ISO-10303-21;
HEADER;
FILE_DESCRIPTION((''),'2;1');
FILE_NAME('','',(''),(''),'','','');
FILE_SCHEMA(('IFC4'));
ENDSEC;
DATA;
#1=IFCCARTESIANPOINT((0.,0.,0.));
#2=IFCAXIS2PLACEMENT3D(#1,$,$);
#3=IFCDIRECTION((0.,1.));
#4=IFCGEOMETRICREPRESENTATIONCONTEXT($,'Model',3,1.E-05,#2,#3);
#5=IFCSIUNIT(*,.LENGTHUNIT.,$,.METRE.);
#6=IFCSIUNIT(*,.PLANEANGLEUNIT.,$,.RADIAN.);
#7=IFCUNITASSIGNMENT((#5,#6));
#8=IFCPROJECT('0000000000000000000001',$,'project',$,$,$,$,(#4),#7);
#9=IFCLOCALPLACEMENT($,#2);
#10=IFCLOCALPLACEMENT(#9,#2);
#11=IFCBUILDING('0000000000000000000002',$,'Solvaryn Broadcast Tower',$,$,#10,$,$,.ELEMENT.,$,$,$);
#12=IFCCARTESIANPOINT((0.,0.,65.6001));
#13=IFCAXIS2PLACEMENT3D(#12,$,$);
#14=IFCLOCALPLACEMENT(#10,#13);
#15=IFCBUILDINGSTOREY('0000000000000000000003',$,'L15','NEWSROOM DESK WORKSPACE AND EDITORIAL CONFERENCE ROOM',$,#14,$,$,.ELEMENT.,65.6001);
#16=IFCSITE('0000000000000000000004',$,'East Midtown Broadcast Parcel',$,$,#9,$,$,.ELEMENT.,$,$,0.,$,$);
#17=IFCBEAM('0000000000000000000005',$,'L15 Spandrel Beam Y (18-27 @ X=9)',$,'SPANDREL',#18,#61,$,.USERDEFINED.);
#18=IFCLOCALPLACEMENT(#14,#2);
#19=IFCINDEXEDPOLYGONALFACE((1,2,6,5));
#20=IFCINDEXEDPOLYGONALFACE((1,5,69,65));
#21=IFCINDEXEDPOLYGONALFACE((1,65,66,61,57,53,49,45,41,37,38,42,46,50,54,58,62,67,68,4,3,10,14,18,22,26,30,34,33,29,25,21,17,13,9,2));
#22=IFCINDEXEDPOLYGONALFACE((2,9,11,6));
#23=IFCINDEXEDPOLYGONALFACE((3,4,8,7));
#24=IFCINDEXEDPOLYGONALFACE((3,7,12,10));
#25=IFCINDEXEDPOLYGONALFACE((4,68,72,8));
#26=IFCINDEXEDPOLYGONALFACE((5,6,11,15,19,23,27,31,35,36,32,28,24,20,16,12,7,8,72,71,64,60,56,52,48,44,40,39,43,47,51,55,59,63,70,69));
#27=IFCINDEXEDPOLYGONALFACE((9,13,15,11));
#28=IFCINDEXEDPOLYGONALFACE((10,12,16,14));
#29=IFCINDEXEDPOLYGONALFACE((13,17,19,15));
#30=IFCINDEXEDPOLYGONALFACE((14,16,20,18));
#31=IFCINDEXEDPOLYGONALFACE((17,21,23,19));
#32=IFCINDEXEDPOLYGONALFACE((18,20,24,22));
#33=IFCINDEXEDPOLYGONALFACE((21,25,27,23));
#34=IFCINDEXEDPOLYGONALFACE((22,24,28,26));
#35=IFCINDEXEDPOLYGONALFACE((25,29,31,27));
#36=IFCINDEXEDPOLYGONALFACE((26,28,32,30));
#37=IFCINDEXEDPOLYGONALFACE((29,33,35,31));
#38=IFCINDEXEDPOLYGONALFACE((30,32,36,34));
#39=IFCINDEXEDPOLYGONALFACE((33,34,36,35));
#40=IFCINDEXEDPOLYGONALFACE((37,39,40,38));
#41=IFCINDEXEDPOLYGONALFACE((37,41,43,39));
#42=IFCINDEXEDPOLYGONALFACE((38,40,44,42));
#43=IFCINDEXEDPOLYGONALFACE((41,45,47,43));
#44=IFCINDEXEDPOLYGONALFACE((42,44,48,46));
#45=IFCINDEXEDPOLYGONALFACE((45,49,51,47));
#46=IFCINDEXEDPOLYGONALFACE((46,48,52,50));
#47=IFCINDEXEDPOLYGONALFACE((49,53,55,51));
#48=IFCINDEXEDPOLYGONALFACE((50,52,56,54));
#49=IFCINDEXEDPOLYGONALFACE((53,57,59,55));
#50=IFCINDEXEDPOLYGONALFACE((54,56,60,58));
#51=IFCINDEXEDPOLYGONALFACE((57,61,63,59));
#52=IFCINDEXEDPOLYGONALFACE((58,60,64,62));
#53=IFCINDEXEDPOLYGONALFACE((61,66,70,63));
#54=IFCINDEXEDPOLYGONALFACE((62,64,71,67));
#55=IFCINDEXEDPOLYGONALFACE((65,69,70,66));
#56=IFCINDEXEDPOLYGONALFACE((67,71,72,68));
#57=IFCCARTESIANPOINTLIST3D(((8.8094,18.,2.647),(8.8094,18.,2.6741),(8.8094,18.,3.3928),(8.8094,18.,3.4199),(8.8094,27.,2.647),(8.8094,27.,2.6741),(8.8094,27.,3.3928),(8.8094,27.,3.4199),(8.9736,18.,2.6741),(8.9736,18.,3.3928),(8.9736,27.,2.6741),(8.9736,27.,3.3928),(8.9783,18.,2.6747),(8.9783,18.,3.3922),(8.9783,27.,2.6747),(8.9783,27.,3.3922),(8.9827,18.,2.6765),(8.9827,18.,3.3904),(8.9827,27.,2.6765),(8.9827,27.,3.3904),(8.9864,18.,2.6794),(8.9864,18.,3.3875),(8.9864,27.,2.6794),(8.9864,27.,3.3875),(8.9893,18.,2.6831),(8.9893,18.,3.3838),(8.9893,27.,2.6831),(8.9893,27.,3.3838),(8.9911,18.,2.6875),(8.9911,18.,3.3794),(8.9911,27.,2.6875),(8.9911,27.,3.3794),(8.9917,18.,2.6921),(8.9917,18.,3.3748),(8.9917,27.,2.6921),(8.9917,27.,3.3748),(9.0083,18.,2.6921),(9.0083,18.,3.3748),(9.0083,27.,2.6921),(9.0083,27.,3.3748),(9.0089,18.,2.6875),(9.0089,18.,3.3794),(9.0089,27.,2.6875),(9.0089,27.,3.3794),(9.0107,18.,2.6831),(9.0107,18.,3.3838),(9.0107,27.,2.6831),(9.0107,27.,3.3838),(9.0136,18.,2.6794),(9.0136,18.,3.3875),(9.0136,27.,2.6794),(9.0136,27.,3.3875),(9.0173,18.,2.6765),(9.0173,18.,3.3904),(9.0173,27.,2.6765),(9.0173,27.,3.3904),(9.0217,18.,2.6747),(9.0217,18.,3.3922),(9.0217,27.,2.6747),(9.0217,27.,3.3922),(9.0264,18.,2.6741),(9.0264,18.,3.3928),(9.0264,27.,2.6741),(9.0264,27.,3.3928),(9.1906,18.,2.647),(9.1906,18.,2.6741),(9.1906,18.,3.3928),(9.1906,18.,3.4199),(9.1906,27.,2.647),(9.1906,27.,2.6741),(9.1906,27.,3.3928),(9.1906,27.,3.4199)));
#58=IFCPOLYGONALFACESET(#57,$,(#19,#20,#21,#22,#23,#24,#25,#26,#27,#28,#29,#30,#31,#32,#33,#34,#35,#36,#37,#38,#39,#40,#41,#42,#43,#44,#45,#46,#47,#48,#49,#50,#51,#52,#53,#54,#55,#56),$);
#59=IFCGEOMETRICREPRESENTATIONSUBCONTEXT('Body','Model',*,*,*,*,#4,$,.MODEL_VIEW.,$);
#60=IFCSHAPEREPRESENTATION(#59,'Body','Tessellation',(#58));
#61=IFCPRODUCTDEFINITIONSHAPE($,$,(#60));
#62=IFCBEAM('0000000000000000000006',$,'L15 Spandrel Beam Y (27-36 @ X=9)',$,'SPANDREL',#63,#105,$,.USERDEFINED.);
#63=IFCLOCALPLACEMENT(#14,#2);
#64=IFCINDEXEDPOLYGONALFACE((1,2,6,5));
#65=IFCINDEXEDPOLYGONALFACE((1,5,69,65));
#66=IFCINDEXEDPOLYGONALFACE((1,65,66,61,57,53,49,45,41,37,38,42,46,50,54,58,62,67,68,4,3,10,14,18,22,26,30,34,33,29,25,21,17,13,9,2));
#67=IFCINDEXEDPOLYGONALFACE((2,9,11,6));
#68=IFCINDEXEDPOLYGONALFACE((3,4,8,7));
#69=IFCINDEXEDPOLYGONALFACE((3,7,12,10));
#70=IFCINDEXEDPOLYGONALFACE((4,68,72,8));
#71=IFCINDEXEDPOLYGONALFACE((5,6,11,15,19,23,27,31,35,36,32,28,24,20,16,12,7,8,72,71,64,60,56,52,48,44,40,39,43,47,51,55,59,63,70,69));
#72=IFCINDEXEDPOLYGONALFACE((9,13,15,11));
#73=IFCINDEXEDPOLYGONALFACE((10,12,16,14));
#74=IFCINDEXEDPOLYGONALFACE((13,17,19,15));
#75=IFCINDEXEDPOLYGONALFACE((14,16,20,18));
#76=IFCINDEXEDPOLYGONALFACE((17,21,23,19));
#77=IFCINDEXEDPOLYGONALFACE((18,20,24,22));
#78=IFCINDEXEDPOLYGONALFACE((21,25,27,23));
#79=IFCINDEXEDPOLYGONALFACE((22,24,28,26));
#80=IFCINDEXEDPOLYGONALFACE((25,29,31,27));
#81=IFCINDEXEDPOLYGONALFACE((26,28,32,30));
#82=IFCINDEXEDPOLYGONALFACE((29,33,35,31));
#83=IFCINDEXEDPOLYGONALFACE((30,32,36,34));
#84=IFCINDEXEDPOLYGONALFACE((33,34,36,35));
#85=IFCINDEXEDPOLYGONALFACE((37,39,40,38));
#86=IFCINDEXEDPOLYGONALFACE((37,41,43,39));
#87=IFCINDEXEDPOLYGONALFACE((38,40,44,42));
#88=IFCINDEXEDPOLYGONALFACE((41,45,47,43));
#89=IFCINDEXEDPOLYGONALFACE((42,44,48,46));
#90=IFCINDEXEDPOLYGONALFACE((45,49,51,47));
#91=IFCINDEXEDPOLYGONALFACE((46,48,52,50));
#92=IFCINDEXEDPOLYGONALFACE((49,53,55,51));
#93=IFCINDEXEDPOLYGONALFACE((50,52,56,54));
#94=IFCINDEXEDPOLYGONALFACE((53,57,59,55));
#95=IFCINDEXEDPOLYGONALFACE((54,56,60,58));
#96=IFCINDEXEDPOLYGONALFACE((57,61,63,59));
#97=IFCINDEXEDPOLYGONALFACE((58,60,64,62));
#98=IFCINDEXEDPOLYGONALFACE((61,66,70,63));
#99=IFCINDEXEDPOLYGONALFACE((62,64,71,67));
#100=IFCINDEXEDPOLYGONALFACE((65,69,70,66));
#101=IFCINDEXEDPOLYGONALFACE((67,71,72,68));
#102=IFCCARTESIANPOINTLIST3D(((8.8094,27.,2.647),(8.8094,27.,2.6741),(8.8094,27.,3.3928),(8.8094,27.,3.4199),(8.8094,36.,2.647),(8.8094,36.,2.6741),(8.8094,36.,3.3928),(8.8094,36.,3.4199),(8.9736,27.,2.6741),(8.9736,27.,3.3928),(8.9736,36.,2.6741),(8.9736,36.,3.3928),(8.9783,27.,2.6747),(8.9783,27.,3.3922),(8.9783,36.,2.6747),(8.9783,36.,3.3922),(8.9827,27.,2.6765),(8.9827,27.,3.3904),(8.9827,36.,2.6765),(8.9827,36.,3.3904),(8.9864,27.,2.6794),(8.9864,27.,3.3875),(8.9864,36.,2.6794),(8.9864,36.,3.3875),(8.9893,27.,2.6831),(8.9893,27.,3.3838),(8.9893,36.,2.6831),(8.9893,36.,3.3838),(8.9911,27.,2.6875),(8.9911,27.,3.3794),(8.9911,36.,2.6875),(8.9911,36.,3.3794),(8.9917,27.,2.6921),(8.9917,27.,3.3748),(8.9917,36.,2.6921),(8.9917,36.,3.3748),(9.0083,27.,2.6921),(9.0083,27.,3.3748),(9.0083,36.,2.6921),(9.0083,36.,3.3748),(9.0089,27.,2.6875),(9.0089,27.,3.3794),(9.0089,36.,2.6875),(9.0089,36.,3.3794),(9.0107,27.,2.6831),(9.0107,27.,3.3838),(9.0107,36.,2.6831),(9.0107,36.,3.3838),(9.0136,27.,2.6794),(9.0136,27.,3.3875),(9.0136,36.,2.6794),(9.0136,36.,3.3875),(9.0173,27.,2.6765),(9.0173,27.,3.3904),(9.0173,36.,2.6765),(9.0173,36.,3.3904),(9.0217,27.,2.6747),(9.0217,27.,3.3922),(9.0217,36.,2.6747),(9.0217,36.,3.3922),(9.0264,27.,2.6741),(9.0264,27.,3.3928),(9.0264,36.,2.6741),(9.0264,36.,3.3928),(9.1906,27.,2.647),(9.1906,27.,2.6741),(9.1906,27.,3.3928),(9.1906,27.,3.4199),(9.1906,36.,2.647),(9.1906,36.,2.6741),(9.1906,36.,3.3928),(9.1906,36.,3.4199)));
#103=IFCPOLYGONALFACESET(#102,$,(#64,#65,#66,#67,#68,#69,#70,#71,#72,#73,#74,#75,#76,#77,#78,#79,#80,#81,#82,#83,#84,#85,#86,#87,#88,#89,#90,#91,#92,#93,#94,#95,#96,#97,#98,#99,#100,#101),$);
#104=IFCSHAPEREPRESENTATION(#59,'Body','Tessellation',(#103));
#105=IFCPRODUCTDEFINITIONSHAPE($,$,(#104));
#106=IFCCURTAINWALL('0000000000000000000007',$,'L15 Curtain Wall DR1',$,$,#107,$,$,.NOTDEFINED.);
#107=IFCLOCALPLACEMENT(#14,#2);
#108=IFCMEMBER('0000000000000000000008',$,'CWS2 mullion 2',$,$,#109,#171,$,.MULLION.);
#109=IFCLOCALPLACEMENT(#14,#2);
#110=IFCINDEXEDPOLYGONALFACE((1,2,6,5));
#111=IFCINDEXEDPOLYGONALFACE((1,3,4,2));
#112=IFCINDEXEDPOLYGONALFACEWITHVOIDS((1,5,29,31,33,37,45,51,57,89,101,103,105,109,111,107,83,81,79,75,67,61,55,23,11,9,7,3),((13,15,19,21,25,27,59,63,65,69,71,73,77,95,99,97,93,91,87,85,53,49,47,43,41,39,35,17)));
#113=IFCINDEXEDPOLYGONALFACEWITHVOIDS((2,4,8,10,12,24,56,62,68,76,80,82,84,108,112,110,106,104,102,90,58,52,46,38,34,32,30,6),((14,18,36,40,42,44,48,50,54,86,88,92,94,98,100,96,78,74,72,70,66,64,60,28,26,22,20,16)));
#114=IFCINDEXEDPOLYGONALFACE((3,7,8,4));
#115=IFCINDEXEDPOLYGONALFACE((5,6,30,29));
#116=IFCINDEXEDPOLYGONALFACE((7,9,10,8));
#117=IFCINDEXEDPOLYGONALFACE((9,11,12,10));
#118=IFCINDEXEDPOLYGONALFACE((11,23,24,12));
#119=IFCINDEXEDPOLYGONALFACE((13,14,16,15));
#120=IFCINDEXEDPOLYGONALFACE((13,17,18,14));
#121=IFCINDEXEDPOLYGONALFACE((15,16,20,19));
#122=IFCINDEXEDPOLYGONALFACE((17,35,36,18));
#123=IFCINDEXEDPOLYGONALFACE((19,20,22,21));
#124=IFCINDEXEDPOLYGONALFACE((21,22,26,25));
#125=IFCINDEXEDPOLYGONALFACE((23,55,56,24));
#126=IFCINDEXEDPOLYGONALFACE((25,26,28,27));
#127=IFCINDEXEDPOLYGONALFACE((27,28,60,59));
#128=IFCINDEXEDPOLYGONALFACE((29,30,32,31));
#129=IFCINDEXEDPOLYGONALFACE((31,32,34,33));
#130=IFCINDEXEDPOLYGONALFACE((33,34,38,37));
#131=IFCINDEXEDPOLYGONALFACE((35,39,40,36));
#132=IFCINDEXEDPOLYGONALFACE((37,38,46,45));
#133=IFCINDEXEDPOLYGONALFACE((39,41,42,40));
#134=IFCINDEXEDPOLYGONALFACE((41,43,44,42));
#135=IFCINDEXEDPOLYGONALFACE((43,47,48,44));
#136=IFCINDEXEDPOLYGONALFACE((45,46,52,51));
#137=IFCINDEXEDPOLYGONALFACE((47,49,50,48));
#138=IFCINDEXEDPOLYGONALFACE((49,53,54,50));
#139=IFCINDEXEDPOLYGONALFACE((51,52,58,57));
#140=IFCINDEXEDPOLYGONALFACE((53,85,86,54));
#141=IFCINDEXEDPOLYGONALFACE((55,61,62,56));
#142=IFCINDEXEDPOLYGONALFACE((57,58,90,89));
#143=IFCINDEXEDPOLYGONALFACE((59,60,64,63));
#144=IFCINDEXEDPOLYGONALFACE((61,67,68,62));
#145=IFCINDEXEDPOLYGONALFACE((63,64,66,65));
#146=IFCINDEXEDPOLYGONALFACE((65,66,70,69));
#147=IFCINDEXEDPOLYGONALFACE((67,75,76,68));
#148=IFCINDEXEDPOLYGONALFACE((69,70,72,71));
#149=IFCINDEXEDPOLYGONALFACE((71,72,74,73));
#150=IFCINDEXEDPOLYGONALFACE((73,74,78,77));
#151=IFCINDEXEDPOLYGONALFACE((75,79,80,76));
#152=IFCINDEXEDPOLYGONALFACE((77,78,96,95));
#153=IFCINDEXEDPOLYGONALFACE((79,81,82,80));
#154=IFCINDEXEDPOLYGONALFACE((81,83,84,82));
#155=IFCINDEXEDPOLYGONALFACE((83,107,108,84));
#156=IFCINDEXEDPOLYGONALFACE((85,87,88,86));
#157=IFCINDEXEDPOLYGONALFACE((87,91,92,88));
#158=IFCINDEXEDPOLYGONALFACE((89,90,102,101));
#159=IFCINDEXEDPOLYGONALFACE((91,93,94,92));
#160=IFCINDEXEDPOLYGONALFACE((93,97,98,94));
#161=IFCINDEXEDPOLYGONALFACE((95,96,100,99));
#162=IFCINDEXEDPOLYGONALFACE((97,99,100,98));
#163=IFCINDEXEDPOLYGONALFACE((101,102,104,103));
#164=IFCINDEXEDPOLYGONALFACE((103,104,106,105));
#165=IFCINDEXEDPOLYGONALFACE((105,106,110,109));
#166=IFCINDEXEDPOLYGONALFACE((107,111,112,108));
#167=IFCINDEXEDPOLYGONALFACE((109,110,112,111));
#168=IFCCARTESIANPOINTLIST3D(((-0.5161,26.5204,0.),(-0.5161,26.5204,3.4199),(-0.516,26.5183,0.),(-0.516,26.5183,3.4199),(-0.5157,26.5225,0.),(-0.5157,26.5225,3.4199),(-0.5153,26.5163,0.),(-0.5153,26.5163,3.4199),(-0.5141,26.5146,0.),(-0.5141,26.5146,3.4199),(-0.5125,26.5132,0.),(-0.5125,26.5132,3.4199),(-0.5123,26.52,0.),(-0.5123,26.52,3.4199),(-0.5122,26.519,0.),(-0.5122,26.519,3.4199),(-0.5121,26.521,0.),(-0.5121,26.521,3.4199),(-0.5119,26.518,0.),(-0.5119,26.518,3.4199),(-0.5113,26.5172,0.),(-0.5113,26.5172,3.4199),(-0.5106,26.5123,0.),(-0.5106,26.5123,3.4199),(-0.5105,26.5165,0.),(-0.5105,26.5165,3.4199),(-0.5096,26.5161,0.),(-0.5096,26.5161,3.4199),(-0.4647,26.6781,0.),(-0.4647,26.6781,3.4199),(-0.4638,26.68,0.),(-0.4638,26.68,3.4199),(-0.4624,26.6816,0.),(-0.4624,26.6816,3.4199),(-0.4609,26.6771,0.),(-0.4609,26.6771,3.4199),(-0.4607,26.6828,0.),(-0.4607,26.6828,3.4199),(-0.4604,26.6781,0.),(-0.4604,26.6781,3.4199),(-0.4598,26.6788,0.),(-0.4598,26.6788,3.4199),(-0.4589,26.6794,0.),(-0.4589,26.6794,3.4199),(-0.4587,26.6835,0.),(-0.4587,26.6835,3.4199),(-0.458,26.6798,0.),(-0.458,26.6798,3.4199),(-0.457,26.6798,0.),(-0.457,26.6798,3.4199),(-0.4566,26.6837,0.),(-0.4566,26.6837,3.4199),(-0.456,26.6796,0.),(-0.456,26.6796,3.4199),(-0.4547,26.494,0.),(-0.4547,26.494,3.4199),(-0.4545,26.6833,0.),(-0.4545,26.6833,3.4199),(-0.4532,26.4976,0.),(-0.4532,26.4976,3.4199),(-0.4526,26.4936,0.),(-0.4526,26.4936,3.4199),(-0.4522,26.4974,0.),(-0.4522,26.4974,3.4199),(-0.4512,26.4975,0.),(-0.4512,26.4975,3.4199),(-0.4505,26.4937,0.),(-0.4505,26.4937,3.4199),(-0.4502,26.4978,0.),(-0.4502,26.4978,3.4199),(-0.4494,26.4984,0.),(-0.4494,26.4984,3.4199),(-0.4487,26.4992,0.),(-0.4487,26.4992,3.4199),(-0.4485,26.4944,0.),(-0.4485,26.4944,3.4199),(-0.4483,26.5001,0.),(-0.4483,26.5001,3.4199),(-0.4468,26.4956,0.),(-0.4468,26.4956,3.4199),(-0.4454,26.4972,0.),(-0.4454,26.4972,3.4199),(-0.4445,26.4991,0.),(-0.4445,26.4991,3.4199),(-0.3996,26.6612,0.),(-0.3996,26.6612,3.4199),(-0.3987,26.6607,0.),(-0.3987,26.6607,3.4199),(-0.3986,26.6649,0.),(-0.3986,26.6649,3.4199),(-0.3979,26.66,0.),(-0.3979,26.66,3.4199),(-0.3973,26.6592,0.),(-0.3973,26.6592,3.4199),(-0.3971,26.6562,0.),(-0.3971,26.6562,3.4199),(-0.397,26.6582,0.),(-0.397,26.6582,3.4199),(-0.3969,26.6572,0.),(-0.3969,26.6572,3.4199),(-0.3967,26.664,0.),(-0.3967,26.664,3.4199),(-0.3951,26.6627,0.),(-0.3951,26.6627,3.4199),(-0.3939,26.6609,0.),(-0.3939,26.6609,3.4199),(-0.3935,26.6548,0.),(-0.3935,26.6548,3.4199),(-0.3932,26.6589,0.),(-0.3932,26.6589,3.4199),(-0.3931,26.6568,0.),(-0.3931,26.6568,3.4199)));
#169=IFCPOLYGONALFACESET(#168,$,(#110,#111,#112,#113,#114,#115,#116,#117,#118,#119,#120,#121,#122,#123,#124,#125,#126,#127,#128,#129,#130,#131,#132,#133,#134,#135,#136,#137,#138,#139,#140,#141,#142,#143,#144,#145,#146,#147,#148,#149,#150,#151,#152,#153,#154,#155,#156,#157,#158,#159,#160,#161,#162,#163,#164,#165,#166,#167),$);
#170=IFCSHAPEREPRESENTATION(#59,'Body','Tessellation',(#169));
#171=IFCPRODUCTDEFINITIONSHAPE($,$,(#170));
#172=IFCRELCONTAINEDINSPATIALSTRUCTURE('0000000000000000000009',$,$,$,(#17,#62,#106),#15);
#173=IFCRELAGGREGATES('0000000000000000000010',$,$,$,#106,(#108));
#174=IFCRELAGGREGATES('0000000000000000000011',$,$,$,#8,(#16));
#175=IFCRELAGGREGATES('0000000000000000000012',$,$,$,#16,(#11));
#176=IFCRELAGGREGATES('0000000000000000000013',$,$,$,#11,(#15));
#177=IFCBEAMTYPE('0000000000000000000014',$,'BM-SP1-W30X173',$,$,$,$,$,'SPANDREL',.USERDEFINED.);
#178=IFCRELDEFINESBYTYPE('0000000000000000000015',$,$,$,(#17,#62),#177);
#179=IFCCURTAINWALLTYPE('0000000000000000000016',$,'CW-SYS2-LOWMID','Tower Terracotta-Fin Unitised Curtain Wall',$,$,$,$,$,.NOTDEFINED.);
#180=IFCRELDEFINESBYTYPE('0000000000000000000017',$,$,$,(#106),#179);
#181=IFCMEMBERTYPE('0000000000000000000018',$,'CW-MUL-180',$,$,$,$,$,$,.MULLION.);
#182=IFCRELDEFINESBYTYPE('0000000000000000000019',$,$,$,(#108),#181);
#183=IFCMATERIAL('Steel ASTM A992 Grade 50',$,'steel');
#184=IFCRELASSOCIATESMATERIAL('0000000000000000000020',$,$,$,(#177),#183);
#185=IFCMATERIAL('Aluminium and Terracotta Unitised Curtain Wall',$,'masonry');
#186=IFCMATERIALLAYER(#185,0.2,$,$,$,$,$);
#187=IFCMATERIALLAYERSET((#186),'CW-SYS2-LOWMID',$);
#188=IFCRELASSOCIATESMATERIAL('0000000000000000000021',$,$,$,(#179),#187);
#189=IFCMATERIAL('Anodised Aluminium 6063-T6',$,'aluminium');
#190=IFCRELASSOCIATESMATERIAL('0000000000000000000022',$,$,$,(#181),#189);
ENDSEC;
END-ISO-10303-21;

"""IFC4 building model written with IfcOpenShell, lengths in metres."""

from ifc_helpers import new_model, si_unit, direction, frame, origin, origin_2d, place, context, subcontext, project, spatial, hollow_rectangle, i_section, extrude, material, layer, layer_set, material_profile, profile_set, type_object, element, aggregate, save


model = new_model("IFC4")

# Units and contexts
model_context = context("Model", 3, precision=1e-05, world=origin(), true_north=direction((0.0, 1.0)))
body_context = subcontext(model_context, "Body", "Model", "MODEL_VIEW")
ifc_project = project(units=[si_unit("LENGTHUNIT", "METRE"), si_unit("PLANEANGLEUNIT", "RADIAN")], contexts=[model_context])

# Site, building, storey
site_placement = place(None, origin())
site = spatial("IfcSite", under=ifc_project, at=site_placement, Name="East Midtown Broadcast Parcel", CompositionType="ELEMENT", RefElevation=0.0)
building_placement = place(site_placement, origin())
building = spatial("IfcBuilding", under=site, at=building_placement, Name="Solvaryn Broadcast Tower", CompositionType="ELEMENT")
storey_placement = place(building_placement, frame((0.0, 0.0, 65.6001)))
storey = spatial("IfcBuildingStorey", under=building, at=storey_placement, Name="L15", Description="NEWSROOM DESK WORKSPACE AND EDITORIAL CONFERENCE ROOM", CompositionType="ELEMENT", Elevation=65.6001)

# Beams
ifc_material_1 = material(Name="Steel ASTM A992 Grade 50", Category="steel")
ifc_material_profile_1 = material_profile(ifc_material_1, i_section(OverallWidth=0.3811, OverallDepth=0.7729, WebThickness=0.0166, FlangeThickness=0.0271, FilletRadius=0.0181, at=origin_2d()))
ifc_profile_set_1 = profile_set([ifc_material_profile_1], Name="Steel ASTM A992 Grade 50")
beam_type_1 = type_object("IfcBeamType", Name="BM-SP1-W30X173", ElementType="SPANDREL", PredefinedType="USERDEFINED", material=ifc_profile_set_1)
for number, where, z_axis, x_axis, name in (
    (1, (9.0, 18.0, 3.0334), (0.0, 1.0, 0.0), (-1.0, 0.0, 0.0), "L15 Spandrel Beam Y (18-27 @ X=9)"),
    (2, (9.0, 27.0, 3.0334), (0.0, 1.0, 0.0), (-1.0, 0.0, 0.0), "L15 Spandrel Beam Y (27-36 @ X=9)"),
):
    element("IfcBeam", number, at=place(storey_placement, frame(where, z_axis=z_axis, x_axis=x_axis)), inside=storey, type_object=beam_type_1, Name=name, ObjectType="SPANDREL", PredefinedType="USERDEFINED", context=body_context, shape_type="SweptSolid", body=[
        extrude(i_section(OverallWidth=0.3811, OverallDepth=0.7729, WebThickness=0.0166, FlangeThickness=0.0271, FilletRadius=0.0181, at=origin_2d()), origin(), (0.0, 0.0, 1.0), 9.0),
    ])

# Curtain wall, member
ifc_material_2 = material(Name="Aluminium and Terracotta Unitised Curtain Wall", Category="masonry")
ifc_layer_1 = layer(ifc_material_2, 0.2)
ifc_layer_set_1 = layer_set([ifc_layer_1], Name="CW-SYS2-LOWMID")
curtain_wall_type = type_object("IfcCurtainWallType", Name="CW-SYS2-LOWMID", Description="Tower Terracotta-Fin Unitised Curtain Wall", PredefinedType="NOTDEFINED", material=ifc_layer_set_1)
curtain_wall_1_placement = place(storey_placement, origin())
curtain_wall_1 = element("IfcCurtainWall", 3, at=curtain_wall_1_placement, inside=storey, type_object=curtain_wall_type, Name="L15 Curtain Wall DR1", PredefinedType="NOTDEFINED")
ifc_material_3 = material(Name="Anodised Aluminium 6063-T6", Category="aluminium")
ifc_material_profile_2 = material_profile(ifc_material_3, hollow_rectangle(XDim=0.075, YDim=0.1799, WallThickness=0.0039, InnerFilletRadius=0.0039, OuterFilletRadius=0.0081, at=origin_2d()))
ifc_profile_set_2 = profile_set([ifc_material_profile_2], Name="Anodised Aluminium 6063-T6")
member_type_1 = type_object("IfcMemberType", Name="CW-MUL-180", PredefinedType="MULLION", material=ifc_profile_set_2)
member_1_placement = place(storey_placement, frame((-0.4546, 26.5886, 0.0), z_axis=(0.0, 0.0, 1.0), x_axis=(0.950215, -0.311594, 0.0)))
member_1 = element("IfcMember", 4, at=member_1_placement, type_object=member_type_1, Name="CWS2 mullion 2", PredefinedType="MULLION", context=body_context, shape_type="SweptSolid", body=[
    extrude(hollow_rectangle(XDim=0.075, YDim=0.1799, WallThickness=0.0039, InnerFilletRadius=0.0039, OuterFilletRadius=0.0081, at=origin_2d()), origin(), (0.0, 0.0, 1.0), 3.4199),
])
aggregate(curtain_wall_1, [member_1])

save(model, "model.ifc")
